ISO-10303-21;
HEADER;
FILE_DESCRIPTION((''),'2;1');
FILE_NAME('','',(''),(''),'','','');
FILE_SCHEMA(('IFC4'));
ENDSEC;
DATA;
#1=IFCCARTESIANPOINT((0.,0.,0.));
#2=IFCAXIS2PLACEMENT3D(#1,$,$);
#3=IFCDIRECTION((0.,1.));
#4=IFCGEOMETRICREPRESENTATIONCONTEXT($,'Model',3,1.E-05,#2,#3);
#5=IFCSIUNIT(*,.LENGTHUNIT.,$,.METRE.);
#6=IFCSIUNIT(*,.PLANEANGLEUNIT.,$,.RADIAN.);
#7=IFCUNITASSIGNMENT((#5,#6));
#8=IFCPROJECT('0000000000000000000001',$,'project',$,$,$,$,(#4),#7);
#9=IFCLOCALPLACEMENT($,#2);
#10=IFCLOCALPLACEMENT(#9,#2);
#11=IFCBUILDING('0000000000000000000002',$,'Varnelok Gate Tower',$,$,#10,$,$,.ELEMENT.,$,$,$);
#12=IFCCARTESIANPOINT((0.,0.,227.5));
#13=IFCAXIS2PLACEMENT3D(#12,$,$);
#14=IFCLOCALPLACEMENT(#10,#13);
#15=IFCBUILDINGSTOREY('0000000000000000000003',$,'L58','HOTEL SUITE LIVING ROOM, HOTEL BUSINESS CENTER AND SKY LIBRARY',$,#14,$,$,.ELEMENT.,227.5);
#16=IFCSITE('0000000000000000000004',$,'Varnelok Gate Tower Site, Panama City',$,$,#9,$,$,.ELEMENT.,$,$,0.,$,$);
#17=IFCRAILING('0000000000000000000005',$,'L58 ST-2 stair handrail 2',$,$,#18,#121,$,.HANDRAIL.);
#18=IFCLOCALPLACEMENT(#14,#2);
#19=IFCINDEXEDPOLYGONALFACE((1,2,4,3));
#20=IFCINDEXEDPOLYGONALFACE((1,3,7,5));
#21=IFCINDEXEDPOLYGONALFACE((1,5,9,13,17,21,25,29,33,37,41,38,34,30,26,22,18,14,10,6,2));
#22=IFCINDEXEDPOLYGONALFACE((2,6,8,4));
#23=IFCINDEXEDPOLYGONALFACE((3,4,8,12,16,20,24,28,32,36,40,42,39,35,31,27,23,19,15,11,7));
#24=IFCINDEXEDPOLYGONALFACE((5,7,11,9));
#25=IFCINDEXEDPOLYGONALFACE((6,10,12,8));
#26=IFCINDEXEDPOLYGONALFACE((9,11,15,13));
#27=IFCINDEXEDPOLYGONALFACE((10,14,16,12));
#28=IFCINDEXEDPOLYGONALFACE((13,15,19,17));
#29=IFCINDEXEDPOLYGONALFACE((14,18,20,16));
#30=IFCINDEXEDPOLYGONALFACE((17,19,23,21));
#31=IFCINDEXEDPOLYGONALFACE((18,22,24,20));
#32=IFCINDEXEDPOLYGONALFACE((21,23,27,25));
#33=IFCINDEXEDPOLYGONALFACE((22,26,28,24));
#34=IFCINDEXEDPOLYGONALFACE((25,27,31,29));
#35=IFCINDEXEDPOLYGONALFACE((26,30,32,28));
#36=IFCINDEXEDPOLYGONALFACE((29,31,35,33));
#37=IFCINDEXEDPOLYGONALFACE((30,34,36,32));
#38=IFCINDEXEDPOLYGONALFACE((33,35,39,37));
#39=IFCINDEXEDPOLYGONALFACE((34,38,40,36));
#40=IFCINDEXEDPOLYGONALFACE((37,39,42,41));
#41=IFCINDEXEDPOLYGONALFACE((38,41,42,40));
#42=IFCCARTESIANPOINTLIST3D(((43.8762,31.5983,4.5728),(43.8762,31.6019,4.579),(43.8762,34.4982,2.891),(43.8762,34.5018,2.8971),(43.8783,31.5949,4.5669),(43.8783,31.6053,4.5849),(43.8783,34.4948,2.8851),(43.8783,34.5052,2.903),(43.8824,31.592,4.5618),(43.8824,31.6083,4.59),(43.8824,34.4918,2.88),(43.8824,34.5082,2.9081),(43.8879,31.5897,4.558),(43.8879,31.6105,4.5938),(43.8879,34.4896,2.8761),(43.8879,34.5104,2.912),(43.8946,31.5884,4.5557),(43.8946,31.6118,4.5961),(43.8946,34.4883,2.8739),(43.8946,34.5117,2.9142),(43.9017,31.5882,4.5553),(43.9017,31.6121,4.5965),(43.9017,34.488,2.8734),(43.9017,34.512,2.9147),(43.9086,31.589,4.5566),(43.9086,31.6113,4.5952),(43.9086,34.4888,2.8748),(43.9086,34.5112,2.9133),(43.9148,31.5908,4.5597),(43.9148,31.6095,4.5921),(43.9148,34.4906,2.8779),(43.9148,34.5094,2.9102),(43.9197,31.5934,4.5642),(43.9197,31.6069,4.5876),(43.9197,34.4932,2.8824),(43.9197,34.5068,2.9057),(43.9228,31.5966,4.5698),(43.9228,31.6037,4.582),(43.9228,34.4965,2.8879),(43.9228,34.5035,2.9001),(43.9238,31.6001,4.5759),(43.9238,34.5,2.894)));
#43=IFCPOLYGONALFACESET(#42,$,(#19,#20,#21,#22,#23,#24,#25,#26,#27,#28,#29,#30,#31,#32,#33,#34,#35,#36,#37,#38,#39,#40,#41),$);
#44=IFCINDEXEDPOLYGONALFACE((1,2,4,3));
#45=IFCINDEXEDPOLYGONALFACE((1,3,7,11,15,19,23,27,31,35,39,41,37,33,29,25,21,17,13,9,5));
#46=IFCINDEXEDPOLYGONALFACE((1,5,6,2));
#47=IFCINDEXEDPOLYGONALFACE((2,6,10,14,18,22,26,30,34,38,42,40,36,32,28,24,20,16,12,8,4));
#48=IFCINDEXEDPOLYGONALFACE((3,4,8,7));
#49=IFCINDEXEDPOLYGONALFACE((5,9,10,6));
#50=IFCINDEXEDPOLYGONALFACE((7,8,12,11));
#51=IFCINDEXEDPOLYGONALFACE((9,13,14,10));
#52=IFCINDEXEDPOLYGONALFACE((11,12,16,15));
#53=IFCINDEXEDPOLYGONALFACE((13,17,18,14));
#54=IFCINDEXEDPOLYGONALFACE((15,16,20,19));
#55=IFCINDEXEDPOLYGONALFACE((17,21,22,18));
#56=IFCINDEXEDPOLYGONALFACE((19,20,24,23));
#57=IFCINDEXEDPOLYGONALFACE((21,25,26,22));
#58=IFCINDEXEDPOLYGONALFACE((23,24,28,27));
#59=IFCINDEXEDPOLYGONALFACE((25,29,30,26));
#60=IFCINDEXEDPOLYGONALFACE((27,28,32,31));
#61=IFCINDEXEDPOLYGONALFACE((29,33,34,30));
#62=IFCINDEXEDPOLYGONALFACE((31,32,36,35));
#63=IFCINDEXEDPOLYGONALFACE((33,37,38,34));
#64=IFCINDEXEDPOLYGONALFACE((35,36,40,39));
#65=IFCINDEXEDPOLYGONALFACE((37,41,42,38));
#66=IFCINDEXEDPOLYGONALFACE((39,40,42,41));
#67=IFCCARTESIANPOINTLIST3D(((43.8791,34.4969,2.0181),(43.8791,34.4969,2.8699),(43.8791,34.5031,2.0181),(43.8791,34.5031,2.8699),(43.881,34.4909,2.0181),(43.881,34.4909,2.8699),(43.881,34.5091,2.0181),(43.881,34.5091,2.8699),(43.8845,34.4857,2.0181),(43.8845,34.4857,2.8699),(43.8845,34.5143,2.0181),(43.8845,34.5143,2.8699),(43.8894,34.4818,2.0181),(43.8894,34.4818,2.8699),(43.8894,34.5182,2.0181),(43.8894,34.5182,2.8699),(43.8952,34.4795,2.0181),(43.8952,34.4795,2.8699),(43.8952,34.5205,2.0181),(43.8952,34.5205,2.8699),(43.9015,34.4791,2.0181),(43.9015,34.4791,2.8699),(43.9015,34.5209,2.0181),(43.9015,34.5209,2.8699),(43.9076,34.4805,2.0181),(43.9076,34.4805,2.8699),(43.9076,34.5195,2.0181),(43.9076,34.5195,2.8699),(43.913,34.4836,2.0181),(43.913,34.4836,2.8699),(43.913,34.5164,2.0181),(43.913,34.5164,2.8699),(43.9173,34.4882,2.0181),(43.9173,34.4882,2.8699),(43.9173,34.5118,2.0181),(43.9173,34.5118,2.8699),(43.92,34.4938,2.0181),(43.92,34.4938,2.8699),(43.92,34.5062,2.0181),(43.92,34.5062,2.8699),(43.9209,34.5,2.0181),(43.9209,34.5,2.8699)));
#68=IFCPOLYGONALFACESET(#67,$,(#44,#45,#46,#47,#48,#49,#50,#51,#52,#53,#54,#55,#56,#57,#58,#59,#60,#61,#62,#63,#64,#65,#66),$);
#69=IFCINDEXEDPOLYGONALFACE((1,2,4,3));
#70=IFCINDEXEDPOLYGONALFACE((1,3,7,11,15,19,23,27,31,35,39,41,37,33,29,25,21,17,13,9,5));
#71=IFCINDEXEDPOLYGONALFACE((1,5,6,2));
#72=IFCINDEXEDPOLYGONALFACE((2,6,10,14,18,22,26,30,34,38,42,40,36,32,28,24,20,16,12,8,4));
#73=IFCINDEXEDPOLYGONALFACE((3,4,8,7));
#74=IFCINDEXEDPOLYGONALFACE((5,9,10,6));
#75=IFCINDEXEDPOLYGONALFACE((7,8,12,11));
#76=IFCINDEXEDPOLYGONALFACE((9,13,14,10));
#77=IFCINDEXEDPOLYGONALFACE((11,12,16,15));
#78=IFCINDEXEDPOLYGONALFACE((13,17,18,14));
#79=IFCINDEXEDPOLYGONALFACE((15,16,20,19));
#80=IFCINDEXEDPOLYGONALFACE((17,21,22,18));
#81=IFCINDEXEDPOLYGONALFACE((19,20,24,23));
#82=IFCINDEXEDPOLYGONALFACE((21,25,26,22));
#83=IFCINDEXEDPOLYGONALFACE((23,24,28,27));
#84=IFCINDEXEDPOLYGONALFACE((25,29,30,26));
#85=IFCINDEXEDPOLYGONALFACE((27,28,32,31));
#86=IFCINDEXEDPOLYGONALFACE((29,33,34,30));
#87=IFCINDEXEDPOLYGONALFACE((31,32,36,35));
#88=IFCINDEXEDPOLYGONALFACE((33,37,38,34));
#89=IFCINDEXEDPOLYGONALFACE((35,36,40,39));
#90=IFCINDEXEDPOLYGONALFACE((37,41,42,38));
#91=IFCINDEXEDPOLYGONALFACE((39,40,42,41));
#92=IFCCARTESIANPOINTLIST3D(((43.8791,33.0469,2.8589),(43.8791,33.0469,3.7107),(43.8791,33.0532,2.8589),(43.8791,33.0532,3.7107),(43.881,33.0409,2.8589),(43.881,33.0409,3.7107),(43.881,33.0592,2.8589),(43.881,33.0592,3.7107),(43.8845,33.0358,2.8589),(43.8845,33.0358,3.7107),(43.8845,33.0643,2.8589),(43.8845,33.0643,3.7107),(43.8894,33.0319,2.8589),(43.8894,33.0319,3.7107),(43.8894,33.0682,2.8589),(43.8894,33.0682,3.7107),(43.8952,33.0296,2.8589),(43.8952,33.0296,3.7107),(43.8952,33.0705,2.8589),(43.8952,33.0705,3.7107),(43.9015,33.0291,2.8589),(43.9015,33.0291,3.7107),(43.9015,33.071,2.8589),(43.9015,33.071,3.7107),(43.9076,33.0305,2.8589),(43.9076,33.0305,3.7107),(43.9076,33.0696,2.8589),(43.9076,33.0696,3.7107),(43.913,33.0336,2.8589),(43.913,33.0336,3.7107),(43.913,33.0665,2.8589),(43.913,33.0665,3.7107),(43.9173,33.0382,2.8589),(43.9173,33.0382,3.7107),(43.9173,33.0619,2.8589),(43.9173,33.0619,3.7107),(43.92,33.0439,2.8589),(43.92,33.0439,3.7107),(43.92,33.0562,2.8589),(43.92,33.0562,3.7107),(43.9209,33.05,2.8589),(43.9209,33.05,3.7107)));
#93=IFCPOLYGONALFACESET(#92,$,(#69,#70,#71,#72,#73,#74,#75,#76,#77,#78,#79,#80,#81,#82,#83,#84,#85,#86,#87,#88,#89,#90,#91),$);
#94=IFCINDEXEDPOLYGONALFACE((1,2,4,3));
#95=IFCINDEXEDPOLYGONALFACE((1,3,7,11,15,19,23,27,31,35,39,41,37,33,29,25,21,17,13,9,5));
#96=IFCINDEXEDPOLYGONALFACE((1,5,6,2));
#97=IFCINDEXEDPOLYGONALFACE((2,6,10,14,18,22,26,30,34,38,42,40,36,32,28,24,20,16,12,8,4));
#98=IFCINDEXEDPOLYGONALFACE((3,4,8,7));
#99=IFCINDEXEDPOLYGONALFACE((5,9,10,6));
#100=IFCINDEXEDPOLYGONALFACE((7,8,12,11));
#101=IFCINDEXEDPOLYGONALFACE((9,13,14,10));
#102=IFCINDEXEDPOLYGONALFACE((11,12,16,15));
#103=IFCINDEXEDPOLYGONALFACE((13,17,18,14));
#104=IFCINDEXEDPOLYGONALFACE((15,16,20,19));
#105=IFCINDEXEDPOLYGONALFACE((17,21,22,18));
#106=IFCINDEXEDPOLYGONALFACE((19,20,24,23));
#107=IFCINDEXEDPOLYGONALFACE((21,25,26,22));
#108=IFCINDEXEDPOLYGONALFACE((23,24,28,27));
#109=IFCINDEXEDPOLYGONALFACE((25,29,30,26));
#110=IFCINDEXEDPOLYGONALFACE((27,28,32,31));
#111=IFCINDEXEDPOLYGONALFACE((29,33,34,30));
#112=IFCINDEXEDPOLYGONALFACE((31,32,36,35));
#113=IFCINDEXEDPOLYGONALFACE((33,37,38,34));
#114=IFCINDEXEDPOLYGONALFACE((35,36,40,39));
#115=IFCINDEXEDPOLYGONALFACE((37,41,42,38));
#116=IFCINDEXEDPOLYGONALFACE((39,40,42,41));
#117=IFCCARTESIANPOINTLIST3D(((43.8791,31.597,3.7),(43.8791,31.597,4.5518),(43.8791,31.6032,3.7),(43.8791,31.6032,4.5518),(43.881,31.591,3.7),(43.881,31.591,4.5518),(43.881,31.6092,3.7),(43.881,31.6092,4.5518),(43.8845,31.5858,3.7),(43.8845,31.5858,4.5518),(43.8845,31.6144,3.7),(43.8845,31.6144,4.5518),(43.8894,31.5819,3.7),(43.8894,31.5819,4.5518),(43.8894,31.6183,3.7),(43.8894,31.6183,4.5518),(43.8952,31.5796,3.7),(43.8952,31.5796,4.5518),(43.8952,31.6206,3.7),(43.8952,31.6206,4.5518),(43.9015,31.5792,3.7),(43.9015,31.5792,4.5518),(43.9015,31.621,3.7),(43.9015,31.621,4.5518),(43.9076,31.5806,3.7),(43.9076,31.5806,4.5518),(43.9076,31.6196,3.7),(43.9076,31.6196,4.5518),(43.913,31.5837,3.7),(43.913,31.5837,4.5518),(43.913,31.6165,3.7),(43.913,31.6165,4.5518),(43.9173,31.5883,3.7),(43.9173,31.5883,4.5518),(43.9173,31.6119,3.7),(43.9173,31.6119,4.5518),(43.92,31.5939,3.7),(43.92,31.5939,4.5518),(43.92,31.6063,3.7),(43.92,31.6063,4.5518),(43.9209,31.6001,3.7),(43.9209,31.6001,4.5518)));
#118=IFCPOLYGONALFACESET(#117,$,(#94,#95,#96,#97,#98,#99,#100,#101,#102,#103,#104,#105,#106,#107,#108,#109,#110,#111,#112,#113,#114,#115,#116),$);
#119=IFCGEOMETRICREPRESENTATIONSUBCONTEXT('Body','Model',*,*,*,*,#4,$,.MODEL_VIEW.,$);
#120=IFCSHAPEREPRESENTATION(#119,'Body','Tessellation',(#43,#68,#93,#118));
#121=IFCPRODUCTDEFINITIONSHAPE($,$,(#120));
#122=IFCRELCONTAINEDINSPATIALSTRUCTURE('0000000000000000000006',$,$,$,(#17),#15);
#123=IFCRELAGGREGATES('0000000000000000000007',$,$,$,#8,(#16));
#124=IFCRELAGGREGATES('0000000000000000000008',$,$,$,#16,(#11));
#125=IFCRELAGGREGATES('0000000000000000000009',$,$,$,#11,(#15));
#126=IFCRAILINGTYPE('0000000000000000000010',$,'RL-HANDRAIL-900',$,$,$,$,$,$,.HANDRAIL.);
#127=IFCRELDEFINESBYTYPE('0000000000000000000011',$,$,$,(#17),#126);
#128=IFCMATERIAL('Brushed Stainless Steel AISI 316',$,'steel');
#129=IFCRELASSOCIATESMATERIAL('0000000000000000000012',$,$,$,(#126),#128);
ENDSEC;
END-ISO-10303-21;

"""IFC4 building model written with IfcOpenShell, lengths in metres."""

from ifc_helpers import new_model, si_unit, direction, frame, origin, origin_2d, place, context, subcontext, project, spatial, circle, extrude, material, type_object, element, save


model = new_model("IFC4")

# Units and contexts
model_context = context("Model", 3, precision=1e-05, world=origin(), true_north=direction((0.0, 1.0)))
body_context = subcontext(model_context, "Body", "Model", "MODEL_VIEW")
ifc_project = project(units=[si_unit("LENGTHUNIT", "METRE"), si_unit("PLANEANGLEUNIT", "RADIAN")], contexts=[model_context])

# Site, building, storey
site_placement = place(None, origin())
site = spatial("IfcSite", under=ifc_project, at=site_placement, Name="Varnelok Gate Tower Site, Panama City", CompositionType="ELEMENT", RefElevation=0.0)
building_placement = place(site_placement, origin())
building = spatial("IfcBuilding", under=site, at=building_placement, Name="Varnelok Gate Tower", CompositionType="ELEMENT")
storey_placement = place(building_placement, frame((0.0, 0.0, 227.5)))
storey = spatial("IfcBuildingStorey", under=building, at=storey_placement, Name="L58", Description="HOTEL SUITE LIVING ROOM, HOTEL BUSINESS CENTER AND SKY LIBRARY", CompositionType="ELEMENT", Elevation=227.5)

# Railing
ifc_material_1 = material(Name="Brushed Stainless Steel AISI 316", Category="steel")
railing_type_1 = type_object("IfcRailingType", Name="RL-HANDRAIL-900", PredefinedType="HANDRAIL", material=ifc_material_1)
railing_1_placement = place(storey_placement, frame((43.8999, 34.5, 2.0181)))
element("IfcRailing", 1, at=railing_1_placement, inside=storey, type_object=railing_type_1, Name="L58 ST-2 stair handrail 2", PredefinedType="HANDRAIL", context=body_context, shape_type="SweptSolid", body=[
    extrude(circle(Radius=0.0239, at=origin_2d()), frame((0.0, 0.0, 0.876), z_axis=(0.0, -0.865039, 0.501705), x_axis=(1.0, 0.0, 0.0)), (0.0, 0.0, 1.0), 3.3523),
    extrude(circle(Radius=0.021, at=origin_2d()), origin(), (0.0, 0.0, 1.0), 0.8518),
    extrude(circle(Radius=0.021, at=origin_2d()), frame((0.0, -1.45, 0.8408)), (0.0, 0.0, 1.0), 0.8518),
    extrude(circle(Radius=0.021, at=origin_2d()), frame((0.0, -2.8999, 1.6819)), (0.0, 0.0, 1.0), 0.8518),
])

save(model, "model.ifc")
